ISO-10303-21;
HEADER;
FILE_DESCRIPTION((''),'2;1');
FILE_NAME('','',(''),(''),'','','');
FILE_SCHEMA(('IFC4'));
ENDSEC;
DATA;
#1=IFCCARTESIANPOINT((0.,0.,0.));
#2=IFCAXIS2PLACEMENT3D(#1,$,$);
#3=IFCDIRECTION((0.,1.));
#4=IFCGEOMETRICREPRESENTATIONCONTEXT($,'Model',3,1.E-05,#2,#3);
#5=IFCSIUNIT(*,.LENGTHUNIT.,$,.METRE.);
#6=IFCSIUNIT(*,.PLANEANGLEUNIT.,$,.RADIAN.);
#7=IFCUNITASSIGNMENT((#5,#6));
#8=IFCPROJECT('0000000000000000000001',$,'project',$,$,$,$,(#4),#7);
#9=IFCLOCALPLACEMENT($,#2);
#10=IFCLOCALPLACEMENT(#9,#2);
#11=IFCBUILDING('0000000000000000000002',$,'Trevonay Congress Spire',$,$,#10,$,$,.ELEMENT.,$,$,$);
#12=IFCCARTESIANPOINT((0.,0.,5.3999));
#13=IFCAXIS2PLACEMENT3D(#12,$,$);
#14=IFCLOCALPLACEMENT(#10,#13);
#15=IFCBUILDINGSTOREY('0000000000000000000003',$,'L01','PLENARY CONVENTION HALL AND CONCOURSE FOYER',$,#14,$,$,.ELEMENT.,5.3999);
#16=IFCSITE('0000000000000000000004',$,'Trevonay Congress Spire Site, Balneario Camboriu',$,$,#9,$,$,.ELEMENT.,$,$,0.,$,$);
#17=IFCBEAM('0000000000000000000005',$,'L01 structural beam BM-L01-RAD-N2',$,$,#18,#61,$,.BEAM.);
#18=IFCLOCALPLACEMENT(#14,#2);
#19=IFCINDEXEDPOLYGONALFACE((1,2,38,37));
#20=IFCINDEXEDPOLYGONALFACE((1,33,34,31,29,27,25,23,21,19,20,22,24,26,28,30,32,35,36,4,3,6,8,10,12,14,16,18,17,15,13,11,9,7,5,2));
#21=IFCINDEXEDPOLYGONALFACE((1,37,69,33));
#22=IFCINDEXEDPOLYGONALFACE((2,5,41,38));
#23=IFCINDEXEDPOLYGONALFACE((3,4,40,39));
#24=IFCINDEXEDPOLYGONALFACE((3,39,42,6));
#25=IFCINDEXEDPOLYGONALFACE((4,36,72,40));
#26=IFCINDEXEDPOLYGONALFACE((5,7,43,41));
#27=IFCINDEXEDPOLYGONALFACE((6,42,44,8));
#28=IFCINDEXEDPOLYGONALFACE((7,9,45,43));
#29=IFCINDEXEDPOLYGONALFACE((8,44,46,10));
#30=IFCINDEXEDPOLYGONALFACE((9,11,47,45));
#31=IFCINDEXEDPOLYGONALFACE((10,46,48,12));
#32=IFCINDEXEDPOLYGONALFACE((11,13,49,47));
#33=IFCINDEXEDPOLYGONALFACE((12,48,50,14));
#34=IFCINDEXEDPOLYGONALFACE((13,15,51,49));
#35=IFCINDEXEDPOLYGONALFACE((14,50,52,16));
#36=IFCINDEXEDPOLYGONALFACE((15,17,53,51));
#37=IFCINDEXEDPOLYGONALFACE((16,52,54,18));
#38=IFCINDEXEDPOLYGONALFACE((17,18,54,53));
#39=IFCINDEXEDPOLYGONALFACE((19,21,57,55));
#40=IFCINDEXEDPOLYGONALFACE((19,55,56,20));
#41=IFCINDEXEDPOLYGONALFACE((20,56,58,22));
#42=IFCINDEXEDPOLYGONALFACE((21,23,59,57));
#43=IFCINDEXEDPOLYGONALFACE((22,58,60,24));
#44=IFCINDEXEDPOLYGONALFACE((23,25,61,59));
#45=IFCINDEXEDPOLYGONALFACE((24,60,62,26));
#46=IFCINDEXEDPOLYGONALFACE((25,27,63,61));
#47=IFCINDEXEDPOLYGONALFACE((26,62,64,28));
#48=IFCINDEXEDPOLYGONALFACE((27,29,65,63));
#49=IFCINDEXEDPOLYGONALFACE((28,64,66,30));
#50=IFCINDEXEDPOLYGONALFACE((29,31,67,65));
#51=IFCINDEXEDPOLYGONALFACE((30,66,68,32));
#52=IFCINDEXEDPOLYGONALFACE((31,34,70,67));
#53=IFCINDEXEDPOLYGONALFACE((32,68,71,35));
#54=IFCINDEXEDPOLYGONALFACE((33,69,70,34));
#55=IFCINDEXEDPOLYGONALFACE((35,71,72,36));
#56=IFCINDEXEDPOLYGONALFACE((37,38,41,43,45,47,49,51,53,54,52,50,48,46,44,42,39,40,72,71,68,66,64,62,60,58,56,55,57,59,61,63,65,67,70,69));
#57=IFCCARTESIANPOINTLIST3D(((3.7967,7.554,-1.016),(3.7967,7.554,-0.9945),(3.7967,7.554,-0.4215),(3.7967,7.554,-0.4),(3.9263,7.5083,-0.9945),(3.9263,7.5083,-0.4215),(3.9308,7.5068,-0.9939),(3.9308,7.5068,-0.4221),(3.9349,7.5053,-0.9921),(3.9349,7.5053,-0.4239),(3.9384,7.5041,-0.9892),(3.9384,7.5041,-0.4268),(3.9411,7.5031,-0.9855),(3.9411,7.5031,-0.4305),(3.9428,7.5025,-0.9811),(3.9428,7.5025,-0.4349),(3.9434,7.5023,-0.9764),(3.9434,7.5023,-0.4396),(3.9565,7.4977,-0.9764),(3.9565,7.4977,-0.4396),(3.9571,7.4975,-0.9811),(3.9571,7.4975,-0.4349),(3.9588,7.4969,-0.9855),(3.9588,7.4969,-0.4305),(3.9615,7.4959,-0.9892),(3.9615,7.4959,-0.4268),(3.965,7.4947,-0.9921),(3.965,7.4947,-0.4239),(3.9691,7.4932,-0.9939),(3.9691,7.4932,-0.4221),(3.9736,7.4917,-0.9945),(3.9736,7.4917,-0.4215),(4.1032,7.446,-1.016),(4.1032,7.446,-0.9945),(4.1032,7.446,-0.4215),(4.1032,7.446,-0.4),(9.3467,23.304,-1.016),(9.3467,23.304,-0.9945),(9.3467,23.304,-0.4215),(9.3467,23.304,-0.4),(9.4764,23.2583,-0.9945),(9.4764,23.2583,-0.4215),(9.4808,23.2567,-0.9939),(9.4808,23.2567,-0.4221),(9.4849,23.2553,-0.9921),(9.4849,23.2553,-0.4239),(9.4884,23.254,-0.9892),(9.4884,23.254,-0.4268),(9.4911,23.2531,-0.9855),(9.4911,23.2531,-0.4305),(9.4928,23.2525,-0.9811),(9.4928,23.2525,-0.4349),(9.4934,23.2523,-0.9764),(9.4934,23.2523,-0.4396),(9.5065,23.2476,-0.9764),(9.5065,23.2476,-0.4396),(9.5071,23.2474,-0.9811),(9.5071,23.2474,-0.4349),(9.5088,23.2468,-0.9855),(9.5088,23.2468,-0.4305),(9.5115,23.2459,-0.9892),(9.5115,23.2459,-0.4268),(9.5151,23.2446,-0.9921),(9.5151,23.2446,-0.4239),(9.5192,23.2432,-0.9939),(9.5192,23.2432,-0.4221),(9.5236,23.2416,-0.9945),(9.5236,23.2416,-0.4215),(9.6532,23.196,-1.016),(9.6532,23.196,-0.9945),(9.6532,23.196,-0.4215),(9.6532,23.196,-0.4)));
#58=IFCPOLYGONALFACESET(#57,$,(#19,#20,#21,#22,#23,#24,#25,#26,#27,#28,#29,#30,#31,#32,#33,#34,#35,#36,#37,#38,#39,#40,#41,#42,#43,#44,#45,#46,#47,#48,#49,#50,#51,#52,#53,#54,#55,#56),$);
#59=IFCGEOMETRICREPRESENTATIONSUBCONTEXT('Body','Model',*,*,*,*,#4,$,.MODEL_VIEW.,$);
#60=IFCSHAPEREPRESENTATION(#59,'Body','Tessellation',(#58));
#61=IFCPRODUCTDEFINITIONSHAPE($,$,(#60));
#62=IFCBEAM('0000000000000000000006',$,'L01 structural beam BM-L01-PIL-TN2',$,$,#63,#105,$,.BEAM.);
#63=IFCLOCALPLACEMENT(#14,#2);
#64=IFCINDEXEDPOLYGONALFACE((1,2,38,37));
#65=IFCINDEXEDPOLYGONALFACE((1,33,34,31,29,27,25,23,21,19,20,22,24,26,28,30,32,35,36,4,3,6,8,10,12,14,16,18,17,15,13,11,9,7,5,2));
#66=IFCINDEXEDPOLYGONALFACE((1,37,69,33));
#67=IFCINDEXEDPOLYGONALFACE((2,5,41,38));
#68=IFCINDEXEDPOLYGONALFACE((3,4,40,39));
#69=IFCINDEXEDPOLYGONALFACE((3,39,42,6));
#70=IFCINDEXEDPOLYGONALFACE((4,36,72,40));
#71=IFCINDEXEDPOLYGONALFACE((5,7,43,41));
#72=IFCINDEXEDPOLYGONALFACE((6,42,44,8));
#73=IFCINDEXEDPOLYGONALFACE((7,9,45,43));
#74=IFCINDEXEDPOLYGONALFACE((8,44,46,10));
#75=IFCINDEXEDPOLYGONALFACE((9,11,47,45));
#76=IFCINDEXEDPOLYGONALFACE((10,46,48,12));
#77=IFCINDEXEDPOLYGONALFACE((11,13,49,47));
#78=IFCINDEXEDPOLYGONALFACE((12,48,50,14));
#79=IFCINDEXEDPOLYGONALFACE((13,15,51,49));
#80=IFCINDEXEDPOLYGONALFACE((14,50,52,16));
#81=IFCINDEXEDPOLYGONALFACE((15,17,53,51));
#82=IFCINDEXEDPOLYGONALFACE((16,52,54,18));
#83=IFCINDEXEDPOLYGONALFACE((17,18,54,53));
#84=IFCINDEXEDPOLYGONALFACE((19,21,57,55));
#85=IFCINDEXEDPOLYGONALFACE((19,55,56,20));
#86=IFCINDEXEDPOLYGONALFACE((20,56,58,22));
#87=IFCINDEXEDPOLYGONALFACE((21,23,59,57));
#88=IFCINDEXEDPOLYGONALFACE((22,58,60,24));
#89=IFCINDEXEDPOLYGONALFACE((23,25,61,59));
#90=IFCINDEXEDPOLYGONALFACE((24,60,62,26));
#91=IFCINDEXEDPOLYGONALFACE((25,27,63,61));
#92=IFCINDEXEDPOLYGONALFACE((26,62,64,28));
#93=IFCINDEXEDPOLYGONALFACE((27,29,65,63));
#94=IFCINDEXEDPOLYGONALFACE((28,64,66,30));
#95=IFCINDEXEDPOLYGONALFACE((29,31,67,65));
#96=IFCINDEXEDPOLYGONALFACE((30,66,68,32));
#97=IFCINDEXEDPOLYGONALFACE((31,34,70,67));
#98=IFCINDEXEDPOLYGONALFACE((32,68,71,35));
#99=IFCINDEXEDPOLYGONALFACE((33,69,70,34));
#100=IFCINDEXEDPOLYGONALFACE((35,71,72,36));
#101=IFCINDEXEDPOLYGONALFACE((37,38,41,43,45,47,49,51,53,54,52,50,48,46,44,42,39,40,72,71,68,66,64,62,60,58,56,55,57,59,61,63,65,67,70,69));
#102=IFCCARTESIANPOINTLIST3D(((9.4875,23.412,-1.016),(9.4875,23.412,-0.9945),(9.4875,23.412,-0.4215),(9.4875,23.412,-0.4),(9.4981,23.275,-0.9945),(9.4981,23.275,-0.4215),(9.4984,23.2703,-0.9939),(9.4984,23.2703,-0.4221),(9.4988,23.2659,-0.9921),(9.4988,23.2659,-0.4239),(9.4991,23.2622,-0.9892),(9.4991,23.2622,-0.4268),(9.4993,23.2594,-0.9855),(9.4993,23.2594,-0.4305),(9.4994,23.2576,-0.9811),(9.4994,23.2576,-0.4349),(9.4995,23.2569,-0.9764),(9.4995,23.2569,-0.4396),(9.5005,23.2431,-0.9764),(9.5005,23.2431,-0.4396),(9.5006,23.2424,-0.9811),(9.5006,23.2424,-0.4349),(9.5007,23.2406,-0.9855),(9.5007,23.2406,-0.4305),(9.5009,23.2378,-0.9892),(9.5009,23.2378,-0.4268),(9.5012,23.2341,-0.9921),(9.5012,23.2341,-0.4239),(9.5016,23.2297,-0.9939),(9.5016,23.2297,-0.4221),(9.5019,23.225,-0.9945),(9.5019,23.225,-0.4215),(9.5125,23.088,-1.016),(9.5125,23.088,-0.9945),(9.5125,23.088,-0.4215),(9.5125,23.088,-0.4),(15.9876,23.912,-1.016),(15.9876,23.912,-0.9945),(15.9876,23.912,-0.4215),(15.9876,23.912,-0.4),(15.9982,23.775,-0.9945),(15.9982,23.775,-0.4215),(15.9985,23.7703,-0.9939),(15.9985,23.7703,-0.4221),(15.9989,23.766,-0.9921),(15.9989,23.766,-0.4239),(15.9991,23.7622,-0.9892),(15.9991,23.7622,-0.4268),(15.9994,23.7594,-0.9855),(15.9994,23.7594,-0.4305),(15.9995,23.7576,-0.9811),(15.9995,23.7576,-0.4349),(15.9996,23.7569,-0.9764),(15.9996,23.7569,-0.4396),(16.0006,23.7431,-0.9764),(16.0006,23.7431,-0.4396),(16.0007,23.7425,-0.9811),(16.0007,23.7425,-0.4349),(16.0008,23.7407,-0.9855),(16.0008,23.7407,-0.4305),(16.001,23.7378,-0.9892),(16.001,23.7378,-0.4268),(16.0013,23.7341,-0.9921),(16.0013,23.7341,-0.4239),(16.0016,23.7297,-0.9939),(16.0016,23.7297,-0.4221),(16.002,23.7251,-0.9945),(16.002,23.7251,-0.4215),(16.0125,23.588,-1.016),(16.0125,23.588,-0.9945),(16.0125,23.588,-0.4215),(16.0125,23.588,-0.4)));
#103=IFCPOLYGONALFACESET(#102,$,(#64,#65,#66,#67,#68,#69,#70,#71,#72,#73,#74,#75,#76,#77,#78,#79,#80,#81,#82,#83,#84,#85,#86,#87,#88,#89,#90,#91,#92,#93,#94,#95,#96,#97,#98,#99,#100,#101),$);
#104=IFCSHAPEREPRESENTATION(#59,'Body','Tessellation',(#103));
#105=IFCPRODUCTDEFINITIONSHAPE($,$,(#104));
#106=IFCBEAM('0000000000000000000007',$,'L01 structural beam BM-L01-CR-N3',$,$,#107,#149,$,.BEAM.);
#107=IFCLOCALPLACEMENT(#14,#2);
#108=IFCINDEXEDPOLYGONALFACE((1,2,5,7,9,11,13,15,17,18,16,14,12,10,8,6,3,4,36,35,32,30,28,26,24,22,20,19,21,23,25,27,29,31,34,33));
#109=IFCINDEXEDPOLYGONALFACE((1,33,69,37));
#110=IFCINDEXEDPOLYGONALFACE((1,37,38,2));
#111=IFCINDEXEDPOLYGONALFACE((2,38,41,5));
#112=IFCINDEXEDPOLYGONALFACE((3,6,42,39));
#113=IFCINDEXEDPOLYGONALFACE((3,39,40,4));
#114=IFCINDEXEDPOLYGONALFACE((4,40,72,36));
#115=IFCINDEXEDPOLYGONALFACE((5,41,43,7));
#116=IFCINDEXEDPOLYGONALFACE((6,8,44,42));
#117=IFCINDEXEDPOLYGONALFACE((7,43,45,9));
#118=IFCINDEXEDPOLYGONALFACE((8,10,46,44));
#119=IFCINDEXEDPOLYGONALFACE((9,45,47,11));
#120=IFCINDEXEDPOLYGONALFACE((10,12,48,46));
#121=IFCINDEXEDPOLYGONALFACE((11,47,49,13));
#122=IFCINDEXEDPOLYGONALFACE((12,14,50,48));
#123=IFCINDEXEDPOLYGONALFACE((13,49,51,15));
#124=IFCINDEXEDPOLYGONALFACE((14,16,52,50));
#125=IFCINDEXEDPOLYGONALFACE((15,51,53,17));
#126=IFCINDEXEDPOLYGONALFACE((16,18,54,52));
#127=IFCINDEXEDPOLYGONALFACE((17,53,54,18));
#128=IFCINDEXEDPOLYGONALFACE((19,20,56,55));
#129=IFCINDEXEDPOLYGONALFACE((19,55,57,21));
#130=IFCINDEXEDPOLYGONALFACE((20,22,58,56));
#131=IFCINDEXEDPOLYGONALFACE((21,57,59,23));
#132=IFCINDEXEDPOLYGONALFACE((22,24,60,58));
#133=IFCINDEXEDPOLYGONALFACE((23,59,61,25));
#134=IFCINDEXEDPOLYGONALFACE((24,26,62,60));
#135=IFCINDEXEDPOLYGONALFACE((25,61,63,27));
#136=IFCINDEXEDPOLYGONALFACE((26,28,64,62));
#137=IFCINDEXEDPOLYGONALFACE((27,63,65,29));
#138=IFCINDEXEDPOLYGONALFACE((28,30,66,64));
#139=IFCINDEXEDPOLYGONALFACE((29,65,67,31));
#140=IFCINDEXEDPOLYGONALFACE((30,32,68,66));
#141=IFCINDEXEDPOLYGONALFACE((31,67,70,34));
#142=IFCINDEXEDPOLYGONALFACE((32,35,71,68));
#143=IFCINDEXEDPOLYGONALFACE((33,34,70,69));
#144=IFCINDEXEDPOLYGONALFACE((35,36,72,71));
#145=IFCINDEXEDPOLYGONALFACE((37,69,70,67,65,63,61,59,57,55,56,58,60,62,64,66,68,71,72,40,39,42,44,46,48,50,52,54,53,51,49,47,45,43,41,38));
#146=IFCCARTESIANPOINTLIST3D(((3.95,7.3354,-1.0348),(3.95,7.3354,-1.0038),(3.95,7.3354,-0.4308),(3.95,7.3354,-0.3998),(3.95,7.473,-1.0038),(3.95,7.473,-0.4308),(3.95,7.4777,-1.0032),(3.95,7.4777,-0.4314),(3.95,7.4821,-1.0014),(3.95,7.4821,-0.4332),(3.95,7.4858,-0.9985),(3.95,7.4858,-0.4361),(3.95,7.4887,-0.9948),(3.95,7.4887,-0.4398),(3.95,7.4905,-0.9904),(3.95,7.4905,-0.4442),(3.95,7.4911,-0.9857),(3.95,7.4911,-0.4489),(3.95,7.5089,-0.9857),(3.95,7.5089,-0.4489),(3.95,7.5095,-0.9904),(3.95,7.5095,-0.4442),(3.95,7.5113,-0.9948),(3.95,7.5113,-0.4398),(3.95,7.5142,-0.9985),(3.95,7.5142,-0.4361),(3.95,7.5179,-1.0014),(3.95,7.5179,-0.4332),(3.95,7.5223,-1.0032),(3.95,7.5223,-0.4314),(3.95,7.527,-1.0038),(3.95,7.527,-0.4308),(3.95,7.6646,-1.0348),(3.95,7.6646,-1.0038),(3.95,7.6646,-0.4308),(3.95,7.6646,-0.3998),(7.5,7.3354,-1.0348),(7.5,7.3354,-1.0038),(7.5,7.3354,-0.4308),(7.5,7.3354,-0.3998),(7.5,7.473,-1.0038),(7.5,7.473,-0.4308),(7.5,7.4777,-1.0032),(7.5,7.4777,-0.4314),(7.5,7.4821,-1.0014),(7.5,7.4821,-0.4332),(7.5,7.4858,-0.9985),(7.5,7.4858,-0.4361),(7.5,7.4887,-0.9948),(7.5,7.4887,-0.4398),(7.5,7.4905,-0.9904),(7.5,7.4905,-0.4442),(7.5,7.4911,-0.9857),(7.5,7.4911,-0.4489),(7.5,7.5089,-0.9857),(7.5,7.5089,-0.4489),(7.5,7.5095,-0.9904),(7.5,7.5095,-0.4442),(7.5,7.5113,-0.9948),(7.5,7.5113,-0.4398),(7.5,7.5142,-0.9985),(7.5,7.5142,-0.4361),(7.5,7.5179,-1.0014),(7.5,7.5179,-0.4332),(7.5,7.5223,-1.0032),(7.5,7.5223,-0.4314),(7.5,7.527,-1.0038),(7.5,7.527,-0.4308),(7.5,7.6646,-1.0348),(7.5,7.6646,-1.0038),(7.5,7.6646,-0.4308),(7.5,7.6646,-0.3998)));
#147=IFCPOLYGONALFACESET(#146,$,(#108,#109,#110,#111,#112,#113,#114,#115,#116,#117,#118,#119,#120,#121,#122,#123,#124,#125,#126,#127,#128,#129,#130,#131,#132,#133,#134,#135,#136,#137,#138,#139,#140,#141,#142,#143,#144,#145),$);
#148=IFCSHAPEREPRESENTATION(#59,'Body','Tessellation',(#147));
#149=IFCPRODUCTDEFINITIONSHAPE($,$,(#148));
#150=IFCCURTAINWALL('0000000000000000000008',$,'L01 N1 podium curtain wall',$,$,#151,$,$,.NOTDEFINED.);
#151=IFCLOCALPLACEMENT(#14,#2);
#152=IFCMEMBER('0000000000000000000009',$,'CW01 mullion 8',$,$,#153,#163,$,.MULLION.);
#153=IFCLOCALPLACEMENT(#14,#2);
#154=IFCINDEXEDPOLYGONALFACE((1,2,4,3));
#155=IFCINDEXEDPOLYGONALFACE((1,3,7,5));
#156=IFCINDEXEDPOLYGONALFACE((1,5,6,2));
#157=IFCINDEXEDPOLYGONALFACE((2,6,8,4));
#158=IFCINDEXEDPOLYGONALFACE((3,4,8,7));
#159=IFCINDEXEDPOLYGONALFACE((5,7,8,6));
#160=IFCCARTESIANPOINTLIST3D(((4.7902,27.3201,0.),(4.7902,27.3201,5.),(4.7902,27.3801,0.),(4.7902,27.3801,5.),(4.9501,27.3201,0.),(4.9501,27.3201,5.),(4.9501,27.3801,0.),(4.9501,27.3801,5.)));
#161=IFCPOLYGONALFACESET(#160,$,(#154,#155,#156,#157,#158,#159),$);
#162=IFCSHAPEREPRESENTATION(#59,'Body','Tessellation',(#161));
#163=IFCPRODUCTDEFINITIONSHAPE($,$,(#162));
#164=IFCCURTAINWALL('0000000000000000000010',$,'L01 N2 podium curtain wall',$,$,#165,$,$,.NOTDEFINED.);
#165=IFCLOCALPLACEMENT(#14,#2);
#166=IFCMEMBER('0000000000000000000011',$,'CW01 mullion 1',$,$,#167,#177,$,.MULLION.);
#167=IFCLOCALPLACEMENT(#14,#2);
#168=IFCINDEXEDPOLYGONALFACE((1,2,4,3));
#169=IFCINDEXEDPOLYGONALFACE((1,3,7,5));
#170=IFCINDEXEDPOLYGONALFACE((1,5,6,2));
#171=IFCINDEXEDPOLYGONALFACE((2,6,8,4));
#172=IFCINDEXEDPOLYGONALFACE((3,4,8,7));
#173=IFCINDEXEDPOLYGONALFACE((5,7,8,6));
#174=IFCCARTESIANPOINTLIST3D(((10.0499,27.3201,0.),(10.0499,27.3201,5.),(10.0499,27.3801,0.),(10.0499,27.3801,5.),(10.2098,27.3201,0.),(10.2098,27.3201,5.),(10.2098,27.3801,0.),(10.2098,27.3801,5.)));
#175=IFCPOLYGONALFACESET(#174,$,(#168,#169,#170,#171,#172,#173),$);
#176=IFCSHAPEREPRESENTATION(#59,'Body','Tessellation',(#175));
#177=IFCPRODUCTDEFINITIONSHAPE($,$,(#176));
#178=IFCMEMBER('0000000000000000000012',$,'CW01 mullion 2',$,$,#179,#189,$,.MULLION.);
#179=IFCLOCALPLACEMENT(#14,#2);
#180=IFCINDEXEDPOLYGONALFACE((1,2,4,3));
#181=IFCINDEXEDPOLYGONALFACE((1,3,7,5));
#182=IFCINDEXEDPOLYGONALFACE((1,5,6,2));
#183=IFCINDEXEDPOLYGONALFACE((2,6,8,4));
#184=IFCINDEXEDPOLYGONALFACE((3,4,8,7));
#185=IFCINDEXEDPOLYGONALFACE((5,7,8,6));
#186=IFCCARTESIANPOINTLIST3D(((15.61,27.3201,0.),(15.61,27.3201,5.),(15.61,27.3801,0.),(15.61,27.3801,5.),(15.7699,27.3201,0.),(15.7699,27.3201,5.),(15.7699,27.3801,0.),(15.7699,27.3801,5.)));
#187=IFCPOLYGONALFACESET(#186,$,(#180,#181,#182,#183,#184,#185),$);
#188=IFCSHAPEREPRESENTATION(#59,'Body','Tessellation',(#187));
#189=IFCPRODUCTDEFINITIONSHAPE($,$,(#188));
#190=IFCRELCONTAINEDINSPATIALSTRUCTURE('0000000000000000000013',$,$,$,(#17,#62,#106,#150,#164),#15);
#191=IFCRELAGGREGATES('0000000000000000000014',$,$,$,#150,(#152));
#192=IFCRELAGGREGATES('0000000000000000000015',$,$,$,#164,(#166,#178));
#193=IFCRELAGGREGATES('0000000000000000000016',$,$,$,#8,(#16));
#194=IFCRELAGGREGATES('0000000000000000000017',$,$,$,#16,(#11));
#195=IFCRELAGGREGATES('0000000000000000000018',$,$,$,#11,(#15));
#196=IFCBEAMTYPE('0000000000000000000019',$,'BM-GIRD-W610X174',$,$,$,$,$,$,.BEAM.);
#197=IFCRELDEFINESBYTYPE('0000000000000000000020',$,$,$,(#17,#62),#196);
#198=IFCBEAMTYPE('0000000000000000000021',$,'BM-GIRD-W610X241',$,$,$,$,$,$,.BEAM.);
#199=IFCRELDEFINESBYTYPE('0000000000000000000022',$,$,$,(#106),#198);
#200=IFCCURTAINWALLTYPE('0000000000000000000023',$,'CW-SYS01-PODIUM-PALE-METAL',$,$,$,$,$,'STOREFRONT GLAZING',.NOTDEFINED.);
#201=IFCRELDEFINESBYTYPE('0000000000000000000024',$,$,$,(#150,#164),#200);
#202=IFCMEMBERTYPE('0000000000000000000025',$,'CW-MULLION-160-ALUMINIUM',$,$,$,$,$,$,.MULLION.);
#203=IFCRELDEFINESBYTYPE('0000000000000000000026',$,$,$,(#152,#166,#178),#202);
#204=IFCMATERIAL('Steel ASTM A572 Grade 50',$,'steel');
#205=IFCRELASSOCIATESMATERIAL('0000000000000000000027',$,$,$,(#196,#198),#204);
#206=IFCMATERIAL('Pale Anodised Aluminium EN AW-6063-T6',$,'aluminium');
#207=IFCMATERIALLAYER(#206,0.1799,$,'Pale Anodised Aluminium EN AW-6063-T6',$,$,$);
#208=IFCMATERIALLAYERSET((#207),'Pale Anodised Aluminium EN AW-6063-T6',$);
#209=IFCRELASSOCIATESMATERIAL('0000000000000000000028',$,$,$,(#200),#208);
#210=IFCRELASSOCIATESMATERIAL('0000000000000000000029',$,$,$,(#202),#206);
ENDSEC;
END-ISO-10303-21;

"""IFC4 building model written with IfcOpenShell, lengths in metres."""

from ifc_helpers import new_model, si_unit, direction, frame, origin, origin_2d, place, context, subcontext, project, spatial, rectangle, i_section, extrude, material, layer, layer_set, material_profile, profile_set, type_object, element, aggregate, save


model = new_model("IFC4")

# Units and contexts
model_context = context("Model", 3, precision=1e-05, world=origin(), true_north=direction((0.0, 1.0)))
body_context = subcontext(model_context, "Body", "Model", "MODEL_VIEW")
ifc_project = project(units=[si_unit("LENGTHUNIT", "METRE"), si_unit("PLANEANGLEUNIT", "RADIAN")], contexts=[model_context])

# Site, building, storey
site_placement = place(None, origin())
site = spatial("IfcSite", under=ifc_project, at=site_placement, Name="Trevonay Congress Spire Site, Balneario Camboriu", CompositionType="ELEMENT", RefElevation=0.0)
building_placement = place(site_placement, origin())
building = spatial("IfcBuilding", under=site, at=building_placement, Name="Trevonay Congress Spire", CompositionType="ELEMENT")
storey_placement = place(building_placement, frame((0.0, 0.0, 5.3999)))
storey = spatial("IfcBuildingStorey", under=building, at=storey_placement, Name="L01", Description="PLENARY CONVENTION HALL AND CONCOURSE FOYER", CompositionType="ELEMENT", Elevation=5.3999)

# Shared definitions
ifc_material_1 = material(Name="Steel ASTM A572 Grade 50", Category="steel")

# Beams
ifc_material_profile_1 = material_profile(ifc_material_1, i_section(OverallWidth=0.325, OverallDepth=0.616, WebThickness=0.0139, FlangeThickness=0.0215, FilletRadius=0.0181, at=origin_2d()), Name="W610x174")
ifc_profile_set_1 = profile_set([ifc_material_profile_1], Name="Steel ASTM A572 Grade 50")
beam_type_1 = type_object("IfcBeamType", Name="BM-GIRD-W610X174", PredefinedType="BEAM", material=ifc_profile_set_1)
beam_1_placement = place(storey_placement, frame((3.95, 7.5, -0.708), z_axis=(0.332353, 0.943155, 0.0), x_axis=(-0.943155, 0.332353, 0.0)))
element("IfcBeam", 1, at=beam_1_placement, inside=storey, type_object=beam_type_1, Name="L01 structural beam BM-L01-RAD-N2", PredefinedType="BEAM", context=body_context, shape_type="SweptSolid", body=[
    extrude(i_section(OverallWidth=0.325, OverallDepth=0.616, WebThickness=0.0139, FlangeThickness=0.0215, FilletRadius=0.0181, at=origin_2d()), origin(), (0.0, 0.0, 1.0), 16.6992),
])
beam_2_placement = place(storey_placement, frame((9.5, 23.25, -0.708), z_axis=(0.997054, 0.076696, 0.0), x_axis=(-0.076696, 0.997054, 0.0)))
element("IfcBeam", 2, at=beam_2_placement, inside=storey, type_object=beam_type_1, Name="L01 structural beam BM-L01-PIL-TN2", PredefinedType="BEAM", context=body_context, shape_type="SweptSolid", body=[
    extrude(i_section(OverallWidth=0.325, OverallDepth=0.616, WebThickness=0.0139, FlangeThickness=0.0215, FilletRadius=0.0181, at=origin_2d()), origin(), (0.0, 0.0, 1.0), 6.5193),
])
ifc_material_profile_2 = material_profile(ifc_material_1, i_section(OverallWidth=0.3291, OverallDepth=0.635, WebThickness=0.0178, FlangeThickness=0.031, FilletRadius=0.0181, at=origin_2d()), Name="W610x241")
ifc_profile_set_2 = profile_set([ifc_material_profile_2], Name="Steel ASTM A572 Grade 50")
beam_type_2 = type_object("IfcBeamType", Name="BM-GIRD-W610X241", PredefinedType="BEAM", material=ifc_profile_set_2)
beam_3_placement = place(storey_placement, frame((3.95, 7.5, -0.7173), z_axis=(1.0, 0.0, 0.0), x_axis=(0.0, 1.0, 0.0)))
element("IfcBeam", 3, at=beam_3_placement, inside=storey, type_object=beam_type_2, Name="L01 structural beam BM-L01-CR-N3", PredefinedType="BEAM", context=body_context, shape_type="SweptSolid", body=[
    extrude(i_section(OverallWidth=0.3291, OverallDepth=0.635, WebThickness=0.0178, FlangeThickness=0.031, FilletRadius=0.0181, at=origin_2d()), origin(), (0.0, 0.0, 1.0), 3.55),
])

# Curtain wall, member
ifc_material_2 = material(Name="Pale Anodised Aluminium EN AW-6063-T6", Category="aluminium")
ifc_layer_1 = layer(ifc_material_2, 0.1799, Name="Pale Anodised Aluminium EN AW-6063-T6")
ifc_layer_set_1 = layer_set([ifc_layer_1], Name="Pale Anodised Aluminium EN AW-6063-T6")
curtain_wall_type = type_object("IfcCurtainWallType", Name="CW-SYS01-PODIUM-PALE-METAL", ElementType="STOREFRONT GLAZING", PredefinedType="NOTDEFINED", material=ifc_layer_set_1)
curtain_wall_1_placement = place(storey_placement, origin())
curtain_wall_1 = element("IfcCurtainWall", 4, at=curtain_wall_1_placement, inside=storey, type_object=curtain_wall_type, Name="L01 N1 podium curtain wall", PredefinedType="NOTDEFINED")
ifc_material_profile_3 = material_profile(ifc_material_2, rectangle(XDim=0.0601, YDim=0.1599, at=origin_2d()), Name="CW-MULLION-160-ALUMINIUM")
ifc_profile_set_3 = profile_set([ifc_material_profile_3], Name="Pale Anodised Aluminium EN AW-6063-T6")
member_type_1 = type_object("IfcMemberType", Name="CW-MULLION-160-ALUMINIUM", PredefinedType="MULLION", material=ifc_profile_set_3)
member_1_placement = place(storey_placement, frame((4.8701, 27.3501, 0.0), z_axis=(0.0, 0.0, 1.0), x_axis=(0.0, 1.0, 0.0)))
member_1 = element("IfcMember", 5, at=member_1_placement, type_object=member_type_1, Name="CW01 mullion 8", PredefinedType="MULLION", context=body_context, shape_type="SweptSolid", body=[
    extrude(rectangle(XDim=0.0601, YDim=0.1599, at=origin_2d()), origin(), (0.0, 0.0, 1.0), 5.0),
])

# Curtain wall, members
curtain_wall_2_placement = place(storey_placement, origin())
curtain_wall_2 = element("IfcCurtainWall", 6, at=curtain_wall_2_placement, inside=storey, type_object=curtain_wall_type, Name="L01 N2 podium curtain wall", PredefinedType="NOTDEFINED")
member_2_placement = place(storey_placement, frame((10.1299, 27.3501, 0.0), z_axis=(0.0, 0.0, 1.0), x_axis=(0.0, 1.0, 0.0)))
member_2 = element("IfcMember", 7, at=member_2_placement, type_object=member_type_1, Name="CW01 mullion 1", PredefinedType="MULLION", context=body_context, shape_type="SweptSolid", body=[
    extrude(rectangle(XDim=0.0601, YDim=0.1599, at=origin_2d()), origin(), (0.0, 0.0, 1.0), 5.0),
])
member_3_placement = place(storey_placement, frame((15.6899, 27.3501, 0.0), z_axis=(0.0, 0.0, 1.0), x_axis=(0.0, 1.0, 0.0)))
member_3 = element("IfcMember", 8, at=member_3_placement, type_object=member_type_1, Name="CW01 mullion 2", PredefinedType="MULLION", context=body_context, shape_type="SweptSolid", body=[
    extrude(rectangle(XDim=0.0601, YDim=0.1599, at=origin_2d()), origin(), (0.0, 0.0, 1.0), 5.0),
])

aggregate(curtain_wall_1, [member_1])
aggregate(curtain_wall_2, [member_2, member_3])

save(model, "model.ifc")
